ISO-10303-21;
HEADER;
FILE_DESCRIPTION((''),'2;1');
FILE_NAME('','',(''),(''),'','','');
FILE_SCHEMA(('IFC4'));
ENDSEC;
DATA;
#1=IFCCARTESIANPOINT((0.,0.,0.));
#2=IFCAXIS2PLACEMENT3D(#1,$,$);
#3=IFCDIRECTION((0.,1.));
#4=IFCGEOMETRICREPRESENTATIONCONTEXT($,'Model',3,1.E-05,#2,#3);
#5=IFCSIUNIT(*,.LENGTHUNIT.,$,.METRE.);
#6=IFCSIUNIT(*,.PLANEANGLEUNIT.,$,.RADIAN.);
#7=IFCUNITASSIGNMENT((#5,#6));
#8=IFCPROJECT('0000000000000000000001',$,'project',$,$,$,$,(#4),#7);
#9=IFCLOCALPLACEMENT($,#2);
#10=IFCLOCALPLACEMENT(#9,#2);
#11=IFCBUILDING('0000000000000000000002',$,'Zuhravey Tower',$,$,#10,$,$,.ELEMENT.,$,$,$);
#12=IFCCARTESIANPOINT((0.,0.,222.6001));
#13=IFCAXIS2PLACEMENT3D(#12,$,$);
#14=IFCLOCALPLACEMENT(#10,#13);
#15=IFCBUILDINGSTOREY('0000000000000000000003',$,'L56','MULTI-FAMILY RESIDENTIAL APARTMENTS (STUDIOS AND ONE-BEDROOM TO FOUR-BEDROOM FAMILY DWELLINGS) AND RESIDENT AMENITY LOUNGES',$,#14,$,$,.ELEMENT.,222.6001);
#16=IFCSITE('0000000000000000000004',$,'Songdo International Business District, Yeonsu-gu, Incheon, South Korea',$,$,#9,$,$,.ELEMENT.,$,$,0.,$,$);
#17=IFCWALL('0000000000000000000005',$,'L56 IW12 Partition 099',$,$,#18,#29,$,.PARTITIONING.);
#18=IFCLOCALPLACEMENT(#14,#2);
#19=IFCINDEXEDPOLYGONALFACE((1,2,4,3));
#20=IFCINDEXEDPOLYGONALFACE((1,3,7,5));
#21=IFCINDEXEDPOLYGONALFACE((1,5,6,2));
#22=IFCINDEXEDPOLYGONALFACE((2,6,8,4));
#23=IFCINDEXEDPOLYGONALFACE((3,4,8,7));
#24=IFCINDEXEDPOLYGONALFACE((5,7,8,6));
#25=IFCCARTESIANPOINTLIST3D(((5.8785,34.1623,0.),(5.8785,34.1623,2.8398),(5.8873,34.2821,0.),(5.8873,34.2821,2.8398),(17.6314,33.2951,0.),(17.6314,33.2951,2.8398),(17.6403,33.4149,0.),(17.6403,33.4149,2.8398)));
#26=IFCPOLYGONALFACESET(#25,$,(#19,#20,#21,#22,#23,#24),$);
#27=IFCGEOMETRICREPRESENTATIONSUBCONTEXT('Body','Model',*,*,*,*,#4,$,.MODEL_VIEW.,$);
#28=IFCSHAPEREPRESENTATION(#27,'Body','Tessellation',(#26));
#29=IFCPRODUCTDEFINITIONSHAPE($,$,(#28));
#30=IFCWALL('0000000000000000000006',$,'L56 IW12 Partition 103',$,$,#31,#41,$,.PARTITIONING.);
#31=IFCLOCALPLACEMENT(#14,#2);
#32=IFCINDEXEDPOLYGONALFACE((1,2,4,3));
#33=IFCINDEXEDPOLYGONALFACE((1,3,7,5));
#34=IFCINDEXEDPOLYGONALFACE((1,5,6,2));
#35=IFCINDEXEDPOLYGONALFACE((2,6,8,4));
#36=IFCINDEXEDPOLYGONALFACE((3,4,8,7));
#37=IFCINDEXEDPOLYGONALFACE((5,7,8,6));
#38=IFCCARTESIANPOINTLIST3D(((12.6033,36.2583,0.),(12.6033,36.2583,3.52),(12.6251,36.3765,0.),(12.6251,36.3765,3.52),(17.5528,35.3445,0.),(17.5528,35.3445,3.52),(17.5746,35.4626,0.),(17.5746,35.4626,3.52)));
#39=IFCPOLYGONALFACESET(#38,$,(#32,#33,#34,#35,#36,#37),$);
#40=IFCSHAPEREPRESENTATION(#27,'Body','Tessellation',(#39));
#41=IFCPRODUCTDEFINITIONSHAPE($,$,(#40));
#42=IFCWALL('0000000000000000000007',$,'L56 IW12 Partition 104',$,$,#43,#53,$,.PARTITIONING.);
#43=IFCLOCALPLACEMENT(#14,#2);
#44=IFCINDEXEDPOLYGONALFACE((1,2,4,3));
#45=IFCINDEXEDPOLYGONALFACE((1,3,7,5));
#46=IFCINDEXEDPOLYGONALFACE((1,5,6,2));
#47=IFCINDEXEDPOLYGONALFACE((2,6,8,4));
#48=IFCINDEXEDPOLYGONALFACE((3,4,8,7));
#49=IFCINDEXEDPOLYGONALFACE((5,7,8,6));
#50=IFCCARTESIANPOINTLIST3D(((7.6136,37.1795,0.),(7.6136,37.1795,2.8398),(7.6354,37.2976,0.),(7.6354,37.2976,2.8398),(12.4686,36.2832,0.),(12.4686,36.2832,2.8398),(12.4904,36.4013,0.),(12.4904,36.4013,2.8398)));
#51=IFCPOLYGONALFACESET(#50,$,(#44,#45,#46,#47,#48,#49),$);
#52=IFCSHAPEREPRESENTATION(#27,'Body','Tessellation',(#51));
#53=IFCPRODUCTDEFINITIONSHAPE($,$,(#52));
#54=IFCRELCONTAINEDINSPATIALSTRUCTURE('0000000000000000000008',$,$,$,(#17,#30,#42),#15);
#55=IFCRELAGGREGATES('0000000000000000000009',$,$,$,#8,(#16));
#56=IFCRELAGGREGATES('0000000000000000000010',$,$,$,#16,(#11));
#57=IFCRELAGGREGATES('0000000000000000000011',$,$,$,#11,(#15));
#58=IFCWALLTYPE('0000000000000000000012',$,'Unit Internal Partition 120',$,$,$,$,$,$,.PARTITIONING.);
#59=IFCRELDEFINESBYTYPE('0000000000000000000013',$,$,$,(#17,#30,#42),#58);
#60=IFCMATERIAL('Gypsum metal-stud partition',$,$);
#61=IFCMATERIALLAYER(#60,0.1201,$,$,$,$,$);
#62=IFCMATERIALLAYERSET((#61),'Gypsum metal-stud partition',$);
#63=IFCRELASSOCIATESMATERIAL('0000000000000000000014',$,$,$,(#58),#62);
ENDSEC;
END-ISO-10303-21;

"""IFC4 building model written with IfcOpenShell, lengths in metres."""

from ifc_helpers import new_model, si_unit, direction, frame, frame_2d, origin, place, context, subcontext, project, spatial, rectangle, extrude, material, layer, layer_set, type_object, element, save


model = new_model("IFC4")

# Units and contexts
model_context = context("Model", 3, precision=1e-05, world=origin(), true_north=direction((0.0, 1.0)))
body_context = subcontext(model_context, "Body", "Model", "MODEL_VIEW")
ifc_project = project(units=[si_unit("LENGTHUNIT", "METRE"), si_unit("PLANEANGLEUNIT", "RADIAN")], contexts=[model_context])

# Site, building, storey
site_placement = place(None, origin())
site = spatial("IfcSite", under=ifc_project, at=site_placement, Name="Songdo International Business District, Yeonsu-gu, Incheon, South Korea", CompositionType="ELEMENT", RefElevation=0.0)
building_placement = place(site_placement, origin())
building = spatial("IfcBuilding", under=site, at=building_placement, Name="Zuhravey Tower", CompositionType="ELEMENT")
storey_placement = place(building_placement, frame((0.0, 0.0, 222.6001)))
storey = spatial("IfcBuildingStorey", under=building, at=storey_placement, Name="L56", Description="MULTI-FAMILY RESIDENTIAL APARTMENTS (STUDIOS AND ONE-BEDROOM TO FOUR-BEDROOM FAMILY DWELLINGS) AND RESIDENT AMENITY LOUNGES", CompositionType="ELEMENT", Elevation=222.6001)

# Shared definitions
ifc_material_1 = material(Name="Gypsum metal-stud partition")
ifc_layer_1 = layer(ifc_material_1, 0.1201)
ifc_layer_set_1 = layer_set([ifc_layer_1], Name="Gypsum metal-stud partition")
wall_type_1 = type_object("IfcWallType", Name="Unit Internal Partition 120", PredefinedType="PARTITIONING", material=ifc_layer_set_1)

# Walls
wall_1_placement = place(storey_placement, frame((17.636, 33.355, 0.0), z_axis=(0.0, 0.0, 1.0), x_axis=(-0.997289, 0.073585, 0.0)))
element("IfcWall", 1, at=wall_1_placement, inside=storey, type_object=wall_type_1, Name="L56 IW12 Partition 099", PredefinedType="PARTITIONING", context=body_context, shape_type="SweptSolid", body=[
    extrude(rectangle(XDim=11.7849, YDim=0.1201, at=frame_2d((5.8926, 0.0))), origin(), (0.0, 0.0, 1.0), 2.8398),
])
wall_2_placement = place(storey_placement, frame((17.5637, 35.4036, 0.0), z_axis=(0.0, 0.0, 1.0), x_axis=(-0.98338, 0.181561, 0.0)))
element("IfcWall", 2, at=wall_2_placement, inside=storey, type_object=wall_type_1, Name="L56 IW12 Partition 103", PredefinedType="PARTITIONING", context=body_context, shape_type="SweptSolid", body=[
    extrude(rectangle(XDim=5.0332, YDim=0.1201, at=frame_2d((2.5166, 0.0))), origin(), (0.0, 0.0, 1.0), 3.52),
])
wall_3_placement = place(storey_placement, frame((12.4795, 36.3423, 0.0), z_axis=(0.0, 0.0, 1.0), x_axis=(-0.983384, 0.181535, 0.0)))
element("IfcWall", 3, at=wall_3_placement, inside=storey, type_object=wall_type_1, Name="L56 IW12 Partition 104", PredefinedType="PARTITIONING", context=body_context, shape_type="SweptSolid", body=[
    extrude(rectangle(XDim=4.937, YDim=0.1201, at=frame_2d((2.4685, 0.0))), origin(), (0.0, 0.0, 1.0), 2.8398),
])

save(model, "model.ifc")
